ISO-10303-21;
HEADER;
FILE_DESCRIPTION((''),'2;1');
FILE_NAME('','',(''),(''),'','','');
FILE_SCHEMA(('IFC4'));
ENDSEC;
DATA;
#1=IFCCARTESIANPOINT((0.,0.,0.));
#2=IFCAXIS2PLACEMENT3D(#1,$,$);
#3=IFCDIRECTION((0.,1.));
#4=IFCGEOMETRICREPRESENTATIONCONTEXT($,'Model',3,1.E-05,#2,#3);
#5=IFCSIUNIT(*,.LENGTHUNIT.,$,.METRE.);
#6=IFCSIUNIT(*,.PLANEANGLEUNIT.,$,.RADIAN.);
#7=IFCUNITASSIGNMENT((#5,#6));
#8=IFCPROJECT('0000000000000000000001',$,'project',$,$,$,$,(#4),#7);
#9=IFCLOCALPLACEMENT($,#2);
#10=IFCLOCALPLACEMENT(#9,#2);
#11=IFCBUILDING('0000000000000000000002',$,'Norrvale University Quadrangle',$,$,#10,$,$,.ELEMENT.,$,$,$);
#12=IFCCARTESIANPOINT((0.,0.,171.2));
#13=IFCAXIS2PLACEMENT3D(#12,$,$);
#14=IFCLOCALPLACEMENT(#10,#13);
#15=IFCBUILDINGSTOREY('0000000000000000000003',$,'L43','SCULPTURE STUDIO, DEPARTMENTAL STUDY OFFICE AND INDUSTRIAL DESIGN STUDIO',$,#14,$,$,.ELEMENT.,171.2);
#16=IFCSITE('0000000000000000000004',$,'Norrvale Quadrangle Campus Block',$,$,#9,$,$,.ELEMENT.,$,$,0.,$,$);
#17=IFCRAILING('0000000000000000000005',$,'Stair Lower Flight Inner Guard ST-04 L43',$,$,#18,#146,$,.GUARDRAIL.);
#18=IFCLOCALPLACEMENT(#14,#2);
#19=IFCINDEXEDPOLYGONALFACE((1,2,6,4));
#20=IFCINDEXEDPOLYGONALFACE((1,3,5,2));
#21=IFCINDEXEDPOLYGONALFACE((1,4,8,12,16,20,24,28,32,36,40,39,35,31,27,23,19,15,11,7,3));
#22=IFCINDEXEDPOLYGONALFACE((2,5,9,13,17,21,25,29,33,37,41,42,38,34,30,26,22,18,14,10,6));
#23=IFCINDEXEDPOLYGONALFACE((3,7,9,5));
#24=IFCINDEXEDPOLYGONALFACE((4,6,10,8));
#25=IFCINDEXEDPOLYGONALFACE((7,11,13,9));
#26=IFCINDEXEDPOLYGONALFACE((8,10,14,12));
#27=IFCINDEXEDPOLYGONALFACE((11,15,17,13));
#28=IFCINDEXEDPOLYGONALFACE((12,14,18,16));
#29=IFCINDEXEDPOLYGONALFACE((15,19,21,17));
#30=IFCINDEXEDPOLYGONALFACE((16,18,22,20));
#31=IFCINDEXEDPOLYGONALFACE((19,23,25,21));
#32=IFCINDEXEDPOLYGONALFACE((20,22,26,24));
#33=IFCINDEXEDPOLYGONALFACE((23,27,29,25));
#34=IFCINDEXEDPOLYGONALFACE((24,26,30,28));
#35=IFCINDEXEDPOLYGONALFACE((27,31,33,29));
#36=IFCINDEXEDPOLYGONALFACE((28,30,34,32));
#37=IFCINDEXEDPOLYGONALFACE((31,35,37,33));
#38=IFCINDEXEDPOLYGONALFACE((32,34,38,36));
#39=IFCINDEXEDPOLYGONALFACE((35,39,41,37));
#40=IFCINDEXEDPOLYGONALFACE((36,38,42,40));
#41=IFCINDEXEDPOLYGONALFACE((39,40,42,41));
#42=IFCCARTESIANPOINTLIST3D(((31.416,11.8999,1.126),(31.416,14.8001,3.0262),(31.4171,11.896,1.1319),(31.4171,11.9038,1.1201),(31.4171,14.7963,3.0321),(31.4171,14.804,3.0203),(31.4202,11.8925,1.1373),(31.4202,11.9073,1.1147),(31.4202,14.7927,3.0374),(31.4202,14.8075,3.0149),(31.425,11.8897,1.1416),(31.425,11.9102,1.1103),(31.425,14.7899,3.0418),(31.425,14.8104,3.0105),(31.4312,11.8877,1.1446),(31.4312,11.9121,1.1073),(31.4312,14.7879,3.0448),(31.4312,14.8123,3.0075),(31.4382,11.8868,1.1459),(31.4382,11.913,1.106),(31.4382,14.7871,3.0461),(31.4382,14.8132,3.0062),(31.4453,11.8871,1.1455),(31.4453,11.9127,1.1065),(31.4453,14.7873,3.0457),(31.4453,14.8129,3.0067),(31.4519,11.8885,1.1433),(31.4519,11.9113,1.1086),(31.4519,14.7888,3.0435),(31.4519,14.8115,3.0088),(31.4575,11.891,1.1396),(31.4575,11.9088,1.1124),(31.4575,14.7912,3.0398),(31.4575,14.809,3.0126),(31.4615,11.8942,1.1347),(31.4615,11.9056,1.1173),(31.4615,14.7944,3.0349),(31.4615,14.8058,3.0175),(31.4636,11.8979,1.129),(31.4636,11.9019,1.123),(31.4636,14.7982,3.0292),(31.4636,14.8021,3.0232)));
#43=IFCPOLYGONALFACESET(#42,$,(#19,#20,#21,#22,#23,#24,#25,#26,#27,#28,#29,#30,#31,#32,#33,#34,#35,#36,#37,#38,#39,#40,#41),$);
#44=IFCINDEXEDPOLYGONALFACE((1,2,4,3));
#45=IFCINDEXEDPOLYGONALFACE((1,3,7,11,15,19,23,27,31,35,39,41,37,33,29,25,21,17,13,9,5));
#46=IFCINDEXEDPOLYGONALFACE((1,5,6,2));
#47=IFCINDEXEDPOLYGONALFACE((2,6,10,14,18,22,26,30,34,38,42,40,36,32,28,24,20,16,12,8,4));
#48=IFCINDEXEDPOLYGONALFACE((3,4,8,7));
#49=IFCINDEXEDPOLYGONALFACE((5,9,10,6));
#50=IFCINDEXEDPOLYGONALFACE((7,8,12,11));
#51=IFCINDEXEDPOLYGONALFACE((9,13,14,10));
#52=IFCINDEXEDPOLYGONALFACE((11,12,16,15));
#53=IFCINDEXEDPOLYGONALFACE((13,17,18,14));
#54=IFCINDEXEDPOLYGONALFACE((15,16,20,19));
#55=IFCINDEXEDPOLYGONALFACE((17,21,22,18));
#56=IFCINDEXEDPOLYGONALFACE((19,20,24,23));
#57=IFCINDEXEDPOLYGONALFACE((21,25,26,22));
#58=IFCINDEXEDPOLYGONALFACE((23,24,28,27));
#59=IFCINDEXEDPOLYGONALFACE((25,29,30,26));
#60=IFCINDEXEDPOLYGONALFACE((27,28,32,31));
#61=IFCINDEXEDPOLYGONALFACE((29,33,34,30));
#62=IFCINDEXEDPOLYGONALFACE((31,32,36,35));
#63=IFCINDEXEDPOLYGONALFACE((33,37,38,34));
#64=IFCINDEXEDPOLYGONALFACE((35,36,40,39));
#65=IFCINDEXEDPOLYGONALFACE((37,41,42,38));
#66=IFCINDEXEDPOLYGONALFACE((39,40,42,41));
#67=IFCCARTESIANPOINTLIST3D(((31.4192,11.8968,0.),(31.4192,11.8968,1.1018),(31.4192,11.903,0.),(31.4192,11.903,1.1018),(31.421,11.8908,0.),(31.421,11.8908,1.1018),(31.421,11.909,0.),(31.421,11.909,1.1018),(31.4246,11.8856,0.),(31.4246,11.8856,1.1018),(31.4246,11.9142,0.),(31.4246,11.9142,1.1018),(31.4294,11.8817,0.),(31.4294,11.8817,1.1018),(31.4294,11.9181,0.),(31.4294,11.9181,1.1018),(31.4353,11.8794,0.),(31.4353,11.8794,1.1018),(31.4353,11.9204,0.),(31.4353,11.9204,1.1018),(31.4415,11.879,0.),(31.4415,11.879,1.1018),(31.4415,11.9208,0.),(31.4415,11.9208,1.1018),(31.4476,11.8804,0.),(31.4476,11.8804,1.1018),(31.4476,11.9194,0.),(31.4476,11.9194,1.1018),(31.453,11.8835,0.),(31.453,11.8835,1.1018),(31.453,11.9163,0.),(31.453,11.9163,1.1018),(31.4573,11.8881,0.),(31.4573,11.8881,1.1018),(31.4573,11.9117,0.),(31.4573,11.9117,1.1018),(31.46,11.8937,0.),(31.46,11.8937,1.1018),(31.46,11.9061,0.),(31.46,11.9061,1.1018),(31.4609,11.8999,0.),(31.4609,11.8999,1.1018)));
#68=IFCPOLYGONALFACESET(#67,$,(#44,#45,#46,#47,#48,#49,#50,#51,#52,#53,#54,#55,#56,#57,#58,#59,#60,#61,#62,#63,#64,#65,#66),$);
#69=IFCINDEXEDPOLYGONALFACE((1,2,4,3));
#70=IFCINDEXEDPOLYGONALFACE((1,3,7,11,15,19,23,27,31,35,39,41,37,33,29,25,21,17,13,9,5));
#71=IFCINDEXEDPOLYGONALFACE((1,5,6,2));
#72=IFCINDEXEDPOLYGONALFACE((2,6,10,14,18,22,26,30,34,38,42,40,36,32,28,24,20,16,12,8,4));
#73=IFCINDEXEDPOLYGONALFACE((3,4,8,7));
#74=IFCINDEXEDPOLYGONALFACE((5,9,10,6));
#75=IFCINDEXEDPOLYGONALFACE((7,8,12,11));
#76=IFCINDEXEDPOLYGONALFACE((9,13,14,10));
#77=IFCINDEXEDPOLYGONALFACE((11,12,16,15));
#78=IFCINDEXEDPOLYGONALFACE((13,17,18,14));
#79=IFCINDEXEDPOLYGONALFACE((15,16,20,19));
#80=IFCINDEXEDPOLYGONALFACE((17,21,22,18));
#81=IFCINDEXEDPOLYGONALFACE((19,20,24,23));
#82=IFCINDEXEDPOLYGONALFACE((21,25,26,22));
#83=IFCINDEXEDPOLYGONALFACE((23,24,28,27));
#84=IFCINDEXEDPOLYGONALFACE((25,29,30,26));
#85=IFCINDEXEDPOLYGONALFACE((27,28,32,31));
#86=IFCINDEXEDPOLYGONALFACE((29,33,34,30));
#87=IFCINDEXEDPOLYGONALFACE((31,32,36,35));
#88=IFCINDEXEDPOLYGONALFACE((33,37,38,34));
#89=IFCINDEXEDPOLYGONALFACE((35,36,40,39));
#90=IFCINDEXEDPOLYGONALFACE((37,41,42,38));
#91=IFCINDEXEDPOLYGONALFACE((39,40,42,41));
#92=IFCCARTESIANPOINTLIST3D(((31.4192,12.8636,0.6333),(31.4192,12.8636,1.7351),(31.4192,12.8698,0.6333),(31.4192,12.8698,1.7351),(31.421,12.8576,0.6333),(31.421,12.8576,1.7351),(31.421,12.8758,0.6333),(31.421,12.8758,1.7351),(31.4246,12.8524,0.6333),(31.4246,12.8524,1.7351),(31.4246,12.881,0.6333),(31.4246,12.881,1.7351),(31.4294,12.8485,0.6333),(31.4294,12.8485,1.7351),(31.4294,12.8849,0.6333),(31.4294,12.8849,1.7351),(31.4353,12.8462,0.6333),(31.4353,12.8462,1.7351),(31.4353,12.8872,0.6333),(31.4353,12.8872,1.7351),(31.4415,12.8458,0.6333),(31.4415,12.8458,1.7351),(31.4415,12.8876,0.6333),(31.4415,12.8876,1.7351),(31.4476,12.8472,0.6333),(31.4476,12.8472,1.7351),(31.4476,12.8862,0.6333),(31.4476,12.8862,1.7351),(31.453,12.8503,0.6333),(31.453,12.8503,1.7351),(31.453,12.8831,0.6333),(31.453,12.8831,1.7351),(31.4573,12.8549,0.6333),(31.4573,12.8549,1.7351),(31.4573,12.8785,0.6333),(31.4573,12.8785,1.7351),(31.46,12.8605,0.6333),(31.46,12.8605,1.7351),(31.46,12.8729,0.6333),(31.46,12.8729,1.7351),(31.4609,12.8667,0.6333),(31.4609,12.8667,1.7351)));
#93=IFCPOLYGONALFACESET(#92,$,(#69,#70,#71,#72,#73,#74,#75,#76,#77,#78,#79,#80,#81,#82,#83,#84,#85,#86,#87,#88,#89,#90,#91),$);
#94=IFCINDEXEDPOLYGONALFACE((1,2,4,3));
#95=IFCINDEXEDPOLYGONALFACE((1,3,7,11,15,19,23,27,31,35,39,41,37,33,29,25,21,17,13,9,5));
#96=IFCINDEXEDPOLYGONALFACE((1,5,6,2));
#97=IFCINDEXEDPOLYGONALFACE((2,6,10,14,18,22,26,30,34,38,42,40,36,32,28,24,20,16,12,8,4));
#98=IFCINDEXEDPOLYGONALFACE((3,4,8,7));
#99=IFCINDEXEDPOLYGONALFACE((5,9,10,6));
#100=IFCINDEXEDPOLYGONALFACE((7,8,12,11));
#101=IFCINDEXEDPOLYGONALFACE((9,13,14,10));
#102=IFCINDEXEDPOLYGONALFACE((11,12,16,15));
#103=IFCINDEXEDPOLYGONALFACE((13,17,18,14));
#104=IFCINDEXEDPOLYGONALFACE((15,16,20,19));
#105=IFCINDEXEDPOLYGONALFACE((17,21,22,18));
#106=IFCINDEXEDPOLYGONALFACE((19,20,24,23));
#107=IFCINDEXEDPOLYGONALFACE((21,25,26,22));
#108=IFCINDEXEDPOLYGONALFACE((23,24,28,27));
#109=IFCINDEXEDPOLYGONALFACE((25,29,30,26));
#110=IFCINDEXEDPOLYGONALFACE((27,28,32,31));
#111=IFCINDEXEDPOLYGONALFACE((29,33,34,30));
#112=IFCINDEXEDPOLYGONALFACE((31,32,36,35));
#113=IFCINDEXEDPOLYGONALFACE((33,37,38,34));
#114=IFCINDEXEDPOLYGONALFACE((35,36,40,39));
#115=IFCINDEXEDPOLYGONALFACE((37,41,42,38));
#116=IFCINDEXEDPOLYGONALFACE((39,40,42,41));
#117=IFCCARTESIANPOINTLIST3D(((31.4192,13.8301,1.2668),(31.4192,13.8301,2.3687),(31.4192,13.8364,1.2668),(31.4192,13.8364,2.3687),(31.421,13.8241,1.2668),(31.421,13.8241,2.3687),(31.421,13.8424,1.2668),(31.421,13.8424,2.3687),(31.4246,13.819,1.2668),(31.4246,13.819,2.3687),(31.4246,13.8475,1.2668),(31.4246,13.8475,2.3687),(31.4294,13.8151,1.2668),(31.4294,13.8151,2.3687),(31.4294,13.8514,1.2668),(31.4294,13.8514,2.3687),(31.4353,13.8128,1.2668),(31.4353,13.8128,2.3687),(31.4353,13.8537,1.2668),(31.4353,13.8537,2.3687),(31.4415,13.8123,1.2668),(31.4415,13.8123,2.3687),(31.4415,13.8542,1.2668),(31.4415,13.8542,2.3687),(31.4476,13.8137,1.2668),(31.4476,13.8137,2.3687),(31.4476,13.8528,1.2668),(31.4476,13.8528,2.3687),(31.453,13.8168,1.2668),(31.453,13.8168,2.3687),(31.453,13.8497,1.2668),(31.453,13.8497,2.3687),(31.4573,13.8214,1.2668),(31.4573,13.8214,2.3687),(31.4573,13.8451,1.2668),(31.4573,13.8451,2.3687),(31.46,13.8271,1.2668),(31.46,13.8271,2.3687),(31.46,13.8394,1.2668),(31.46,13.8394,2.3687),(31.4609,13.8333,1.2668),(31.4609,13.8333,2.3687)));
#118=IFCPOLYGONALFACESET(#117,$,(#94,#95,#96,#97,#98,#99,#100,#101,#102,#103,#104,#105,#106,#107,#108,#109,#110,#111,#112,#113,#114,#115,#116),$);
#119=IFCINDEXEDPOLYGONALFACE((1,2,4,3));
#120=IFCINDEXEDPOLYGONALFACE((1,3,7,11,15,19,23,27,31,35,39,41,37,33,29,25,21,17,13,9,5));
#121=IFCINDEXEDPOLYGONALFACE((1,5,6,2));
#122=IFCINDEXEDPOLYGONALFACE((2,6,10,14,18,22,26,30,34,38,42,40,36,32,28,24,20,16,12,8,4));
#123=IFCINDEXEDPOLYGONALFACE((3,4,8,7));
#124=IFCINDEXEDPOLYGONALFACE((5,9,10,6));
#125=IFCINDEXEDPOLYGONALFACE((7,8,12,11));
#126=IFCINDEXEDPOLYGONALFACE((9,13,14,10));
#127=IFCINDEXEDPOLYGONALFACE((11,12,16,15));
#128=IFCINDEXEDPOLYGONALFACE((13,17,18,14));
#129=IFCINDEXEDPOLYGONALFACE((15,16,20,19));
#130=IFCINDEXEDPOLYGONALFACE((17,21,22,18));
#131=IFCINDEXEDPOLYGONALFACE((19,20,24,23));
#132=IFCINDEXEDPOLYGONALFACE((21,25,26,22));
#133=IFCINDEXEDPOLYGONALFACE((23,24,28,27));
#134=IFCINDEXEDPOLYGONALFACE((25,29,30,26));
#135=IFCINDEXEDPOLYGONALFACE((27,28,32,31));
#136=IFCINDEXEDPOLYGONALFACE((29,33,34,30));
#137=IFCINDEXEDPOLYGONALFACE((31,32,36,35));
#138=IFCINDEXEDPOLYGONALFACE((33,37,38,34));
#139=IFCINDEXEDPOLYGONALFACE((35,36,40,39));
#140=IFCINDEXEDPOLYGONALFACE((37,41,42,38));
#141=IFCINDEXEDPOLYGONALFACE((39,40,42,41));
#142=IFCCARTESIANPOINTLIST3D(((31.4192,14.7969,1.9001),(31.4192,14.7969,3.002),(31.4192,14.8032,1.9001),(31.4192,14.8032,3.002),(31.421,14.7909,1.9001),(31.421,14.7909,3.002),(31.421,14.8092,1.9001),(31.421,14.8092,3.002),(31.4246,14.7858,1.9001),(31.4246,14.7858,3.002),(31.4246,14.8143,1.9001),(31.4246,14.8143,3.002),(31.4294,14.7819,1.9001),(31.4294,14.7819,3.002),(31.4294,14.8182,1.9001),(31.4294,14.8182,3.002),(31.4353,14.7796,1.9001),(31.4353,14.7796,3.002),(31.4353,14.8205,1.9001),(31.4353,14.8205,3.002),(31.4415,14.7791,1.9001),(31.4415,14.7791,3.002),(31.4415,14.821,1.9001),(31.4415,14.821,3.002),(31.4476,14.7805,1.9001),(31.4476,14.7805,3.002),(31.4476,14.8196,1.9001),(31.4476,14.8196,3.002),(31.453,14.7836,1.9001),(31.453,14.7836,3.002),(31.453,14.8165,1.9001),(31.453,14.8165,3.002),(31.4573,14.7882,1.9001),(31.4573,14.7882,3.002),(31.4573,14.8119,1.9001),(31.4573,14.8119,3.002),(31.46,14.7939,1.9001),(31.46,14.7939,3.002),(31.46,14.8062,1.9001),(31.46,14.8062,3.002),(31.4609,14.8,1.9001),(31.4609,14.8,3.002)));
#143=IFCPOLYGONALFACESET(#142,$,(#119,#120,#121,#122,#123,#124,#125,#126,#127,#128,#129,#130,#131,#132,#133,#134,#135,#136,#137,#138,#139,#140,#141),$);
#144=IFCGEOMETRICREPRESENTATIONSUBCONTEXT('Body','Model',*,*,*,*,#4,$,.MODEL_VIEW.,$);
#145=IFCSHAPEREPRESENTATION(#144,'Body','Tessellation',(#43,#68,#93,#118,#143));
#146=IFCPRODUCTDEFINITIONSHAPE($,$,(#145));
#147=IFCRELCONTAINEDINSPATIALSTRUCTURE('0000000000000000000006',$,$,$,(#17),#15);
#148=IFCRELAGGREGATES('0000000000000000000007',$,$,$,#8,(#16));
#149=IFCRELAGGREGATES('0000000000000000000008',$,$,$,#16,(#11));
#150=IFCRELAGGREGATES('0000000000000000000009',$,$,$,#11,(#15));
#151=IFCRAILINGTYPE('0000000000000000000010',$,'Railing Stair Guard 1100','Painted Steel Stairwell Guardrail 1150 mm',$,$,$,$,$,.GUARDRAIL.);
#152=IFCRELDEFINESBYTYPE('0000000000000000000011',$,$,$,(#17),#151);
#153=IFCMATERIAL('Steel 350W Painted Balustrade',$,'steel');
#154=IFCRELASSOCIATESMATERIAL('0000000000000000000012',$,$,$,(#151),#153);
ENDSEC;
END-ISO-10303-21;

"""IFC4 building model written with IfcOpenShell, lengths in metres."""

from ifc_helpers import new_model, si_unit, direction, frame, origin, origin_2d, place, context, subcontext, project, spatial, circle, extrude, material, type_object, element, save


model = new_model("IFC4")

# Units and contexts
model_context = context("Model", 3, precision=1e-05, world=origin(), true_north=direction((0.0, 1.0)))
body_context = subcontext(model_context, "Body", "Model", "MODEL_VIEW")
ifc_project = project(units=[si_unit("LENGTHUNIT", "METRE"), si_unit("PLANEANGLEUNIT", "RADIAN")], contexts=[model_context])

# Site, building, storey
site_placement = place(None, origin())
site = spatial("IfcSite", under=ifc_project, at=site_placement, Name="Norrvale Quadrangle Campus Block", CompositionType="ELEMENT", RefElevation=0.0)
building_placement = place(site_placement, origin())
building = spatial("IfcBuilding", under=site, at=building_placement, Name="Norrvale University Quadrangle", CompositionType="ELEMENT")
storey_placement = place(building_placement, frame((0.0, 0.0, 171.2)))
storey = spatial("IfcBuildingStorey", under=building, at=storey_placement, Name="L43", Description="SCULPTURE STUDIO, DEPARTMENTAL STUDY OFFICE AND INDUSTRIAL DESIGN STUDIO", CompositionType="ELEMENT", Elevation=171.2)

# Railing
ifc_material_1 = material(Name="Steel 350W Painted Balustrade", Category="steel")
railing_type_1 = type_object("IfcRailingType", Name="Railing Stair Guard 1100", Description="Painted Steel Stairwell Guardrail 1150 mm", PredefinedType="GUARDRAIL", material=ifc_material_1)
railing_1_placement = place(storey_placement, frame((31.4399, 11.8999, 0.0)))
element("IfcRailing", 1, at=railing_1_placement, inside=storey, type_object=railing_type_1, Name="Stair Lower Flight Inner Guard ST-04 L43", PredefinedType="GUARDRAIL", context=body_context, shape_type="SweptSolid", body=[
    extrude(circle(Radius=0.0239, at=origin_2d()), frame((0.0, 0.0, 1.126), z_axis=(0.0, 0.836454, 0.548036), x_axis=(-1.0, 0.0, 0.0)), (0.0, 0.0, 1.0), 3.4673),
    extrude(circle(Radius=0.021, at=origin_2d()), origin(), (0.0, 0.0, 1.0), 1.1018),
    extrude(circle(Radius=0.021, at=origin_2d()), frame((0.0, 0.9668, 0.6333)), (0.0, 0.0, 1.0), 1.1018),
    extrude(circle(Radius=0.021, at=origin_2d()), frame((0.0, 1.9333, 1.2668)), (0.0, 0.0, 1.0), 1.1018),
    extrude(circle(Radius=0.021, at=origin_2d()), frame((0.0, 2.9001, 1.9001)), (0.0, 0.0, 1.0), 1.1018),
])

save(model, "model.ifc")
